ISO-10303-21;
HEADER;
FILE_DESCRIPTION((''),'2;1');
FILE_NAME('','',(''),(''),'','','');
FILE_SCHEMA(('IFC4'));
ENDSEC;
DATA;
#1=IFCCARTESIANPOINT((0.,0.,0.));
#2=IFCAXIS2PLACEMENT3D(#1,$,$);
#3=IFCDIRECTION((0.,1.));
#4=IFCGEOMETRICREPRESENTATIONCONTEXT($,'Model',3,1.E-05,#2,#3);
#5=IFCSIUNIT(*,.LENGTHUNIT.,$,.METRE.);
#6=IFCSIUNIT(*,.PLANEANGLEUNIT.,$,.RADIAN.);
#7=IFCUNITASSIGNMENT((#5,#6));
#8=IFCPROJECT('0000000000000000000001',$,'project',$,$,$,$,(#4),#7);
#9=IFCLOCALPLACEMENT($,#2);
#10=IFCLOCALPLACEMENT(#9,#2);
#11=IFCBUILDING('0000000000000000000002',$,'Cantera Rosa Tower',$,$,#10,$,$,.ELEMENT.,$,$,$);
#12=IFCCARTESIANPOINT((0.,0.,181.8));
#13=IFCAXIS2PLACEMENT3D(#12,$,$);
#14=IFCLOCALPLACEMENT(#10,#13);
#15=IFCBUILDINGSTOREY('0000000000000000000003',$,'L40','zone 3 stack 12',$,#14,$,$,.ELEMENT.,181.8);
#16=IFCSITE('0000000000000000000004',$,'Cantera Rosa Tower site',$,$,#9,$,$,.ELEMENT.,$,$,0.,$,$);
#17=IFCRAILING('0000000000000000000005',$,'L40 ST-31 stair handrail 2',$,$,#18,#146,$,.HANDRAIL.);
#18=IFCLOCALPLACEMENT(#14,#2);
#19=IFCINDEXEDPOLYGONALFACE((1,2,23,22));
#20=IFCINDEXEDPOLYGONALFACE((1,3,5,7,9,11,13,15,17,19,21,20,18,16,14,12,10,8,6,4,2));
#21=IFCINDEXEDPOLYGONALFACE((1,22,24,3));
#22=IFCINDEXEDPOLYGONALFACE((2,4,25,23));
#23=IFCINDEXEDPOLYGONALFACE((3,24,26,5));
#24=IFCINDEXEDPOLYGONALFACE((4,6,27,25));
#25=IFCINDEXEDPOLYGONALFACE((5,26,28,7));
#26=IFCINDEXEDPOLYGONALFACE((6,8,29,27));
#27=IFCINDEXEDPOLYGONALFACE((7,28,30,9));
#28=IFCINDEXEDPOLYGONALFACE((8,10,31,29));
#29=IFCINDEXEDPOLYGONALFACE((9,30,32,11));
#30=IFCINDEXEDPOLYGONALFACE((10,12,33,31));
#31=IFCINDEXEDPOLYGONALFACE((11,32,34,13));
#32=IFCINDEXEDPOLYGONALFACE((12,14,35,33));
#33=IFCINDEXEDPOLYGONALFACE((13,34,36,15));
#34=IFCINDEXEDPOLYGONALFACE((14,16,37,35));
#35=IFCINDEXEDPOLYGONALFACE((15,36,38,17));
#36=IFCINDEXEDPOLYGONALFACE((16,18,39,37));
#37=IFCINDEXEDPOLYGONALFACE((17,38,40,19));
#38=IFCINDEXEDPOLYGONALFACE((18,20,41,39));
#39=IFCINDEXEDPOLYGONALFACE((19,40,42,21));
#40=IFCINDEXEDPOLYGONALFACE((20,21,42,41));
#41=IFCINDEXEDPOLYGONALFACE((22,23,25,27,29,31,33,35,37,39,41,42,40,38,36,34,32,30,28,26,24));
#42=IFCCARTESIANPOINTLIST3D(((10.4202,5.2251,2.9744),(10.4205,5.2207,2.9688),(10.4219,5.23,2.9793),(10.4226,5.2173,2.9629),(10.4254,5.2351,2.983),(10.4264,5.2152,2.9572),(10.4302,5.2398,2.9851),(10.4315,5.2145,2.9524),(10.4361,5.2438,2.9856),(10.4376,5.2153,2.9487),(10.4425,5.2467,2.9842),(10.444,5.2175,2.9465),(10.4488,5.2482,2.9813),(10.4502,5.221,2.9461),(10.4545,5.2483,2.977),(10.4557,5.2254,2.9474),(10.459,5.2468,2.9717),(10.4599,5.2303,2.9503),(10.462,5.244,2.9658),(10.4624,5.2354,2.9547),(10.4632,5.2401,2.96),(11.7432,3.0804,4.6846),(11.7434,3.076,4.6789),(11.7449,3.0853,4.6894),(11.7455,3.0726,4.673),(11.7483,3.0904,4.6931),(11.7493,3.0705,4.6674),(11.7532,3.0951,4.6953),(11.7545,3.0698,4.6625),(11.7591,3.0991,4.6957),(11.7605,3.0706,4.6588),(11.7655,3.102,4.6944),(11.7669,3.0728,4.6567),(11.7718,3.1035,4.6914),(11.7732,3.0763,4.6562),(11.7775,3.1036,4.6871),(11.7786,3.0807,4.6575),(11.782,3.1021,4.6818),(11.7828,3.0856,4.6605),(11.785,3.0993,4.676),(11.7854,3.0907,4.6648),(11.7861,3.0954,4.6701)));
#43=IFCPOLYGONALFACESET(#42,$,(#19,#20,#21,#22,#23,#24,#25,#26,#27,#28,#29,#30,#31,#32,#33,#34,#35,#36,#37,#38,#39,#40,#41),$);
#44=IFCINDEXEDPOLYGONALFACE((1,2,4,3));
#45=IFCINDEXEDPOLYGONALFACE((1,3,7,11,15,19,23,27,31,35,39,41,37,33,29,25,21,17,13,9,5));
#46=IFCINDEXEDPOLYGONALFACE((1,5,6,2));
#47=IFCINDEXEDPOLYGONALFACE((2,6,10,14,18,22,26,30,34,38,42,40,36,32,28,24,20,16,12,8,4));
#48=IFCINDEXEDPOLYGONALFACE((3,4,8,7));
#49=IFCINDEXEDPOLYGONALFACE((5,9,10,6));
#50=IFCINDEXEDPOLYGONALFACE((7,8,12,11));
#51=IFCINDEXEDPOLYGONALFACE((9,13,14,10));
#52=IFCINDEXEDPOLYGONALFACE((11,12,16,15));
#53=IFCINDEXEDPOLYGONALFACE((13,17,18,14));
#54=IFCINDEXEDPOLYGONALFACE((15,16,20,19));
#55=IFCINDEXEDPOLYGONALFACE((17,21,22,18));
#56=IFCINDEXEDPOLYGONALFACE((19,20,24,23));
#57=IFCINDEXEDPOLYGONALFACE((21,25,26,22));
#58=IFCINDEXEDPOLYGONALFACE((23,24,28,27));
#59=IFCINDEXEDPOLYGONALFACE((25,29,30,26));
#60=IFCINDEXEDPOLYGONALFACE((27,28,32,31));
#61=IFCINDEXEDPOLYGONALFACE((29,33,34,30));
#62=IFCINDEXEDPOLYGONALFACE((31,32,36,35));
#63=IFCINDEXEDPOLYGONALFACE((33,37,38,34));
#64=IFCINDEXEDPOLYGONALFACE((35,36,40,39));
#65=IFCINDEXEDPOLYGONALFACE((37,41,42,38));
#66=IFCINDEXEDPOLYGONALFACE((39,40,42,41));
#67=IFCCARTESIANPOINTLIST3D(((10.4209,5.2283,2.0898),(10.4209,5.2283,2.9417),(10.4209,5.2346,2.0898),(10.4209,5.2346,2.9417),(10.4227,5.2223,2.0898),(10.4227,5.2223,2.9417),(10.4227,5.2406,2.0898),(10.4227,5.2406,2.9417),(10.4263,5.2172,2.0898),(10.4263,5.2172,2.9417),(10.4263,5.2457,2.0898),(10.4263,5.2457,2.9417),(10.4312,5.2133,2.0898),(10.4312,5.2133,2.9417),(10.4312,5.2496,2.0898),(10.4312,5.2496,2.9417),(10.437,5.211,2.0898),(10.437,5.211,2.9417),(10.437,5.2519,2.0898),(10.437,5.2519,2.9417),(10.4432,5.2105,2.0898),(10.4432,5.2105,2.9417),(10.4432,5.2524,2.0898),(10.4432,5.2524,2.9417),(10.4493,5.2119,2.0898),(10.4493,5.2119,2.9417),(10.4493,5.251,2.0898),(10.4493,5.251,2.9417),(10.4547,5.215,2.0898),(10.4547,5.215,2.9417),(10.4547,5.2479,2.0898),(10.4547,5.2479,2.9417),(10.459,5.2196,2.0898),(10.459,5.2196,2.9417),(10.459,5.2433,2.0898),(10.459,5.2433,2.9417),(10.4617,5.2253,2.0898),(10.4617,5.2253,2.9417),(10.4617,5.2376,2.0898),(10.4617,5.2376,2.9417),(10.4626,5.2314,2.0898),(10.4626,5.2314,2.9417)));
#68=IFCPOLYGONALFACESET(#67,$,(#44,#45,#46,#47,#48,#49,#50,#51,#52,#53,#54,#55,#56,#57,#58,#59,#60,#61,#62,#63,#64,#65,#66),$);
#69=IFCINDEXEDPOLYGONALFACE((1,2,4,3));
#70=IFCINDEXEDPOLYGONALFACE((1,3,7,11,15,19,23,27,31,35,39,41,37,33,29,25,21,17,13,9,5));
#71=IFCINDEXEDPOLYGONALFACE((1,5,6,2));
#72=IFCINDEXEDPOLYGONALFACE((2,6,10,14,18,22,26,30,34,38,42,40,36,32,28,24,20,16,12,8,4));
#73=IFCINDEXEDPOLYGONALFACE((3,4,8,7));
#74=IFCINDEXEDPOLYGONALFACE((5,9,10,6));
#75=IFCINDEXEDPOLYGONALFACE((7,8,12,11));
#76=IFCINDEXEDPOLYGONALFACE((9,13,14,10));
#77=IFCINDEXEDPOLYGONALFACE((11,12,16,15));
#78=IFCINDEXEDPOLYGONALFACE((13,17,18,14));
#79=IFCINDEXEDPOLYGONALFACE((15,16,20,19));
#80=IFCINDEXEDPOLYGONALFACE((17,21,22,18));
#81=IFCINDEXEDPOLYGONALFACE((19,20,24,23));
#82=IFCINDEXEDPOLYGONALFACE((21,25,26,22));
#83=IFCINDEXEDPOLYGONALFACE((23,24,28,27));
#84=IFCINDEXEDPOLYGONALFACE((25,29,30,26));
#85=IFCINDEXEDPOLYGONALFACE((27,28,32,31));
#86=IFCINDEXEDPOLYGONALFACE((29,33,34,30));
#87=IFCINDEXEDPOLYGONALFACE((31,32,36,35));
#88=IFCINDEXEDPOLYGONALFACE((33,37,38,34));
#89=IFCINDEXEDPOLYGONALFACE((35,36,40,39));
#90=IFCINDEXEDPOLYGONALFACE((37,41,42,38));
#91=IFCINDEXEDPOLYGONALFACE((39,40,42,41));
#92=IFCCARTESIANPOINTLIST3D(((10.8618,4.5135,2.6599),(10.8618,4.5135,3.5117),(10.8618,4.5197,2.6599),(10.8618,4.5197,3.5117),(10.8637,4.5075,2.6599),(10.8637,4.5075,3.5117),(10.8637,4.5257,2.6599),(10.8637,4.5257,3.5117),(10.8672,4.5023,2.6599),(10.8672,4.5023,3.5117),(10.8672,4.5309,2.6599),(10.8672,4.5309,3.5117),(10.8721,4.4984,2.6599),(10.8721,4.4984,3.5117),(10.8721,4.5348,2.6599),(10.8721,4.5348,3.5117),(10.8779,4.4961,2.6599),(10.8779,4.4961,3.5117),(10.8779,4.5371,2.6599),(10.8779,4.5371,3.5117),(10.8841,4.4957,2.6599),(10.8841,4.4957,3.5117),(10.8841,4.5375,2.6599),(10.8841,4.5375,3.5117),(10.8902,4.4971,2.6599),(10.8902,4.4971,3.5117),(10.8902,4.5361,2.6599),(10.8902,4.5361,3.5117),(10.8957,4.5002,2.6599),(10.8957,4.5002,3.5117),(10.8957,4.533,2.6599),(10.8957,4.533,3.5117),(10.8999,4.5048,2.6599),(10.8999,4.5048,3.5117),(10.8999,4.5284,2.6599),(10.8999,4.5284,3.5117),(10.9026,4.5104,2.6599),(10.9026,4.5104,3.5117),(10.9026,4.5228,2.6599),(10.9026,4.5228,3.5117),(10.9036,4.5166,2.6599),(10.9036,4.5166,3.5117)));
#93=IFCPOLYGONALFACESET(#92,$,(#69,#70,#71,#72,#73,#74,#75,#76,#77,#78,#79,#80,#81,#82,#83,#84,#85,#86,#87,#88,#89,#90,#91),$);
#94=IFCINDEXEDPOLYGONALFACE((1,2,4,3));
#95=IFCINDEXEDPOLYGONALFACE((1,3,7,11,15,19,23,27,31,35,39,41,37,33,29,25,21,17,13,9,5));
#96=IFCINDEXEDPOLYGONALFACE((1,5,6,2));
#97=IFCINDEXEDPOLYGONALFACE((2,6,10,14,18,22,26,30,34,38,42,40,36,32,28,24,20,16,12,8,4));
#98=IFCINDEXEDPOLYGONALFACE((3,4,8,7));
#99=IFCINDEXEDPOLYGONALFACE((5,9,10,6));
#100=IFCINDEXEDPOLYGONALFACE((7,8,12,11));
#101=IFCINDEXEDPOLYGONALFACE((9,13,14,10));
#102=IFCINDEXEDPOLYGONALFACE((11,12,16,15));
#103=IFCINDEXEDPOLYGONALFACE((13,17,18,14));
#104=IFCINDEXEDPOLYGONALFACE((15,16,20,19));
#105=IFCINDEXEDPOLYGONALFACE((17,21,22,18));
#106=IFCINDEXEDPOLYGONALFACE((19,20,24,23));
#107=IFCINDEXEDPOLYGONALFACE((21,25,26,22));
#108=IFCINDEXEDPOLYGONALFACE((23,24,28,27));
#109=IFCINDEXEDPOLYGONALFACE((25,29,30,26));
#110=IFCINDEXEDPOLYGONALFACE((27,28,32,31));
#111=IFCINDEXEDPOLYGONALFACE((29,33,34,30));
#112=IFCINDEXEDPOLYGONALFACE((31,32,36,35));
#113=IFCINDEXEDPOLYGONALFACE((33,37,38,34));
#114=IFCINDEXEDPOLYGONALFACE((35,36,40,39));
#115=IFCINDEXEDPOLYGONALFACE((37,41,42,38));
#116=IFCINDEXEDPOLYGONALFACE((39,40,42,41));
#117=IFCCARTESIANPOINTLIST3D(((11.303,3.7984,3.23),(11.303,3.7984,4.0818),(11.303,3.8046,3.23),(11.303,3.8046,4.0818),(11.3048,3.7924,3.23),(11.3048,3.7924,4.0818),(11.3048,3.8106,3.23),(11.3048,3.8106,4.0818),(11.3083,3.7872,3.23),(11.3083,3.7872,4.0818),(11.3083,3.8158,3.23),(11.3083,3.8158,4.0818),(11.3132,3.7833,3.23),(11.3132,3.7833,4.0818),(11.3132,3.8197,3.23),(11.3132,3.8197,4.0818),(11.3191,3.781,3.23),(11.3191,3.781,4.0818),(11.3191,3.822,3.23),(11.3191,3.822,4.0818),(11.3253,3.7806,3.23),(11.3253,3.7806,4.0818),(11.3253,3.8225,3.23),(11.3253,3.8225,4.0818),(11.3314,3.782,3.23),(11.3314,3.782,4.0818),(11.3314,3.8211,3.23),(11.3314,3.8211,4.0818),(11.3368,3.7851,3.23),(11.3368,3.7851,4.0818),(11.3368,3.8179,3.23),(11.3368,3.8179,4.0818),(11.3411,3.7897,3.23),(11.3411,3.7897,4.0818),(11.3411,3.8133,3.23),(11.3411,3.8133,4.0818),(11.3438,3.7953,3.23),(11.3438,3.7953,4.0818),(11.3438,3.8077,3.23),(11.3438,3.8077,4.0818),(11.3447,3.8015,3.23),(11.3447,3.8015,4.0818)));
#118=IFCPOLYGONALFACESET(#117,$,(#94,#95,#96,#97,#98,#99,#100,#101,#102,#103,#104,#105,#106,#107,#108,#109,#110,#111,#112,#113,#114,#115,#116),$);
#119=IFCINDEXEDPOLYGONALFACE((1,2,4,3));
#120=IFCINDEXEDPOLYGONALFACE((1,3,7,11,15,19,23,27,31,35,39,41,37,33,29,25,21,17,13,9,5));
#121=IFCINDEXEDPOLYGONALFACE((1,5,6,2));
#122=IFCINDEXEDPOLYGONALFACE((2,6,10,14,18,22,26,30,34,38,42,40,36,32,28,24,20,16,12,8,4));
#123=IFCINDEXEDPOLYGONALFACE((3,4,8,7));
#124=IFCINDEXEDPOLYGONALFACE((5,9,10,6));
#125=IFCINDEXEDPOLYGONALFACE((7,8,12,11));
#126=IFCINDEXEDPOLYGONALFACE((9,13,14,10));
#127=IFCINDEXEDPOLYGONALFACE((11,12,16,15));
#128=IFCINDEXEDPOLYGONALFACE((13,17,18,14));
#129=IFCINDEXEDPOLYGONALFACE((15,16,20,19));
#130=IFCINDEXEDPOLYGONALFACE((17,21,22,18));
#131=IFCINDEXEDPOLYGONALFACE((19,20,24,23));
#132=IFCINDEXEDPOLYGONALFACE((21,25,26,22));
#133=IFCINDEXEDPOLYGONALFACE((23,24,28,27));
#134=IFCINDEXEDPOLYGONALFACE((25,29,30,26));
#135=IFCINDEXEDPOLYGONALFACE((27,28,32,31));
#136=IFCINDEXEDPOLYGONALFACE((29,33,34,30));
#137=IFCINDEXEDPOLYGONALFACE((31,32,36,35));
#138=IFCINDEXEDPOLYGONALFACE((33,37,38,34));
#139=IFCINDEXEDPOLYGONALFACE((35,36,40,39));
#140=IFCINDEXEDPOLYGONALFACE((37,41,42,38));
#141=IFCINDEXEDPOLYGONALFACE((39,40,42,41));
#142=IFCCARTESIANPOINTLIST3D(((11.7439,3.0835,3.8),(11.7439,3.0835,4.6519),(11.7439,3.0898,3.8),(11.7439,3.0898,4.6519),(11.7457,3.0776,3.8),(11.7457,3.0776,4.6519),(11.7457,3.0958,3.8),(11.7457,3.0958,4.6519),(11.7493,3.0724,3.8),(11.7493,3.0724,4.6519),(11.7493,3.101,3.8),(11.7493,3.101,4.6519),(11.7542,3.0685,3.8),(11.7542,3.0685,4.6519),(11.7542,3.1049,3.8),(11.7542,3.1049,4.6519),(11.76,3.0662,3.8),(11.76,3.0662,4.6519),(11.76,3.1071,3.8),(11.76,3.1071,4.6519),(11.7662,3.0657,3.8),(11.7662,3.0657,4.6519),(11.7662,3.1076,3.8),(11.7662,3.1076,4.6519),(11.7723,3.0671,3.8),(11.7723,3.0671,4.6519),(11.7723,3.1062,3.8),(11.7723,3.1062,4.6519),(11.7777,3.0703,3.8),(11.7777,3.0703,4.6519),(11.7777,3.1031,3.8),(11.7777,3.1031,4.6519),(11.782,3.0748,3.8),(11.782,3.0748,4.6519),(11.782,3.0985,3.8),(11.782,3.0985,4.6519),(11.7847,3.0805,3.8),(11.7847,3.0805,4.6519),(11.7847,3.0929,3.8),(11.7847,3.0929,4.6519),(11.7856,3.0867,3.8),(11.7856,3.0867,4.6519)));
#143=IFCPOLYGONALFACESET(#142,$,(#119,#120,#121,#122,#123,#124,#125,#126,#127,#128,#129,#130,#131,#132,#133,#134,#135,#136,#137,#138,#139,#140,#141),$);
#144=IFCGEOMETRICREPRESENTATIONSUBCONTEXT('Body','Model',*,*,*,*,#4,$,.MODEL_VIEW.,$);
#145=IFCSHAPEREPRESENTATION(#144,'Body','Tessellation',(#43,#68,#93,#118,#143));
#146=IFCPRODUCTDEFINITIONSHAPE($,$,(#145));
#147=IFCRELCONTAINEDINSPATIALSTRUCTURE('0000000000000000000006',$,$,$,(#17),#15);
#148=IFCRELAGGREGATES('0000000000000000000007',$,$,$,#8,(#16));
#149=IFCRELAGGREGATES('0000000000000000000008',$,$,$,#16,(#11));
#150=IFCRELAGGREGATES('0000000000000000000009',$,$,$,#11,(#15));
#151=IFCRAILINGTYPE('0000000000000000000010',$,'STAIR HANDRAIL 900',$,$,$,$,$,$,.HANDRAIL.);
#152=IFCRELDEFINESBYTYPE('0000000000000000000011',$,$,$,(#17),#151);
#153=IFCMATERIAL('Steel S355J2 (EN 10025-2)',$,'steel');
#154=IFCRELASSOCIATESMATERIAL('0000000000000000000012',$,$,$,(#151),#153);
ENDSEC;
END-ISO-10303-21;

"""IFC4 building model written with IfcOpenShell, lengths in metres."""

from ifc_helpers import new_model, si_unit, direction, frame, origin, origin_2d, place, context, subcontext, project, spatial, circle, extrude, material, type_object, element, save


model = new_model("IFC4")

# Units and contexts
model_context = context("Model", 3, precision=1e-05, world=origin(), true_north=direction((0.0, 1.0)))
body_context = subcontext(model_context, "Body", "Model", "MODEL_VIEW")
ifc_project = project(units=[si_unit("LENGTHUNIT", "METRE"), si_unit("PLANEANGLEUNIT", "RADIAN")], contexts=[model_context])

# Site, building, storey
site_placement = place(None, origin())
site = spatial("IfcSite", under=ifc_project, at=site_placement, Name="Cantera Rosa Tower site", CompositionType="ELEMENT", RefElevation=0.0)
building_placement = place(site_placement, origin())
building = spatial("IfcBuilding", under=site, at=building_placement, Name="Cantera Rosa Tower", CompositionType="ELEMENT")
storey_placement = place(building_placement, frame((0.0, 0.0, 181.8)))
storey = spatial("IfcBuildingStorey", under=building, at=storey_placement, Name="L40", Description="zone 3 stack 12", CompositionType="ELEMENT", Elevation=181.8)

# Railing
ifc_material_1 = material(Name="Steel S355J2 (EN 10025-2)", Category="steel")
railing_type_1 = type_object("IfcRailingType", Name="STAIR HANDRAIL 900", PredefinedType="HANDRAIL", material=ifc_material_1)
railing_1_placement = place(storey_placement, frame((10.4417, 5.2314, 2.0898)))
element("IfcRailing", 1, at=railing_1_placement, inside=storey, type_object=railing_type_1, Name="L40 ST-31 stair handrail 2", PredefinedType="HANDRAIL", context=body_context, shape_type="SweptSolid", body=[
    extrude(circle(Radius=0.0239, at=origin_2d()), frame((0.0, 0.0, 0.876), z_axis=(0.434408, -0.70424, 0.561548), x_axis=(0.851102, 0.525, 0.0)), (0.0, 0.0, 1.0), 3.0454),
    extrude(circle(Radius=0.021, at=origin_2d()), origin(), (0.0, 0.0, 1.0), 0.8518),
    extrude(circle(Radius=0.021, at=origin_2d()), frame((0.4409, -0.7148, 0.5701)), (0.0, 0.0, 1.0), 0.8518),
    extrude(circle(Radius=0.021, at=origin_2d()), frame((0.8821, -1.4299, 1.1401)), (0.0, 0.0, 1.0), 0.8518),
    extrude(circle(Radius=0.021, at=origin_2d()), frame((1.323, -2.1448, 1.7102)), (0.0, 0.0, 1.0), 0.8518),
])

save(model, "model.ifc")
